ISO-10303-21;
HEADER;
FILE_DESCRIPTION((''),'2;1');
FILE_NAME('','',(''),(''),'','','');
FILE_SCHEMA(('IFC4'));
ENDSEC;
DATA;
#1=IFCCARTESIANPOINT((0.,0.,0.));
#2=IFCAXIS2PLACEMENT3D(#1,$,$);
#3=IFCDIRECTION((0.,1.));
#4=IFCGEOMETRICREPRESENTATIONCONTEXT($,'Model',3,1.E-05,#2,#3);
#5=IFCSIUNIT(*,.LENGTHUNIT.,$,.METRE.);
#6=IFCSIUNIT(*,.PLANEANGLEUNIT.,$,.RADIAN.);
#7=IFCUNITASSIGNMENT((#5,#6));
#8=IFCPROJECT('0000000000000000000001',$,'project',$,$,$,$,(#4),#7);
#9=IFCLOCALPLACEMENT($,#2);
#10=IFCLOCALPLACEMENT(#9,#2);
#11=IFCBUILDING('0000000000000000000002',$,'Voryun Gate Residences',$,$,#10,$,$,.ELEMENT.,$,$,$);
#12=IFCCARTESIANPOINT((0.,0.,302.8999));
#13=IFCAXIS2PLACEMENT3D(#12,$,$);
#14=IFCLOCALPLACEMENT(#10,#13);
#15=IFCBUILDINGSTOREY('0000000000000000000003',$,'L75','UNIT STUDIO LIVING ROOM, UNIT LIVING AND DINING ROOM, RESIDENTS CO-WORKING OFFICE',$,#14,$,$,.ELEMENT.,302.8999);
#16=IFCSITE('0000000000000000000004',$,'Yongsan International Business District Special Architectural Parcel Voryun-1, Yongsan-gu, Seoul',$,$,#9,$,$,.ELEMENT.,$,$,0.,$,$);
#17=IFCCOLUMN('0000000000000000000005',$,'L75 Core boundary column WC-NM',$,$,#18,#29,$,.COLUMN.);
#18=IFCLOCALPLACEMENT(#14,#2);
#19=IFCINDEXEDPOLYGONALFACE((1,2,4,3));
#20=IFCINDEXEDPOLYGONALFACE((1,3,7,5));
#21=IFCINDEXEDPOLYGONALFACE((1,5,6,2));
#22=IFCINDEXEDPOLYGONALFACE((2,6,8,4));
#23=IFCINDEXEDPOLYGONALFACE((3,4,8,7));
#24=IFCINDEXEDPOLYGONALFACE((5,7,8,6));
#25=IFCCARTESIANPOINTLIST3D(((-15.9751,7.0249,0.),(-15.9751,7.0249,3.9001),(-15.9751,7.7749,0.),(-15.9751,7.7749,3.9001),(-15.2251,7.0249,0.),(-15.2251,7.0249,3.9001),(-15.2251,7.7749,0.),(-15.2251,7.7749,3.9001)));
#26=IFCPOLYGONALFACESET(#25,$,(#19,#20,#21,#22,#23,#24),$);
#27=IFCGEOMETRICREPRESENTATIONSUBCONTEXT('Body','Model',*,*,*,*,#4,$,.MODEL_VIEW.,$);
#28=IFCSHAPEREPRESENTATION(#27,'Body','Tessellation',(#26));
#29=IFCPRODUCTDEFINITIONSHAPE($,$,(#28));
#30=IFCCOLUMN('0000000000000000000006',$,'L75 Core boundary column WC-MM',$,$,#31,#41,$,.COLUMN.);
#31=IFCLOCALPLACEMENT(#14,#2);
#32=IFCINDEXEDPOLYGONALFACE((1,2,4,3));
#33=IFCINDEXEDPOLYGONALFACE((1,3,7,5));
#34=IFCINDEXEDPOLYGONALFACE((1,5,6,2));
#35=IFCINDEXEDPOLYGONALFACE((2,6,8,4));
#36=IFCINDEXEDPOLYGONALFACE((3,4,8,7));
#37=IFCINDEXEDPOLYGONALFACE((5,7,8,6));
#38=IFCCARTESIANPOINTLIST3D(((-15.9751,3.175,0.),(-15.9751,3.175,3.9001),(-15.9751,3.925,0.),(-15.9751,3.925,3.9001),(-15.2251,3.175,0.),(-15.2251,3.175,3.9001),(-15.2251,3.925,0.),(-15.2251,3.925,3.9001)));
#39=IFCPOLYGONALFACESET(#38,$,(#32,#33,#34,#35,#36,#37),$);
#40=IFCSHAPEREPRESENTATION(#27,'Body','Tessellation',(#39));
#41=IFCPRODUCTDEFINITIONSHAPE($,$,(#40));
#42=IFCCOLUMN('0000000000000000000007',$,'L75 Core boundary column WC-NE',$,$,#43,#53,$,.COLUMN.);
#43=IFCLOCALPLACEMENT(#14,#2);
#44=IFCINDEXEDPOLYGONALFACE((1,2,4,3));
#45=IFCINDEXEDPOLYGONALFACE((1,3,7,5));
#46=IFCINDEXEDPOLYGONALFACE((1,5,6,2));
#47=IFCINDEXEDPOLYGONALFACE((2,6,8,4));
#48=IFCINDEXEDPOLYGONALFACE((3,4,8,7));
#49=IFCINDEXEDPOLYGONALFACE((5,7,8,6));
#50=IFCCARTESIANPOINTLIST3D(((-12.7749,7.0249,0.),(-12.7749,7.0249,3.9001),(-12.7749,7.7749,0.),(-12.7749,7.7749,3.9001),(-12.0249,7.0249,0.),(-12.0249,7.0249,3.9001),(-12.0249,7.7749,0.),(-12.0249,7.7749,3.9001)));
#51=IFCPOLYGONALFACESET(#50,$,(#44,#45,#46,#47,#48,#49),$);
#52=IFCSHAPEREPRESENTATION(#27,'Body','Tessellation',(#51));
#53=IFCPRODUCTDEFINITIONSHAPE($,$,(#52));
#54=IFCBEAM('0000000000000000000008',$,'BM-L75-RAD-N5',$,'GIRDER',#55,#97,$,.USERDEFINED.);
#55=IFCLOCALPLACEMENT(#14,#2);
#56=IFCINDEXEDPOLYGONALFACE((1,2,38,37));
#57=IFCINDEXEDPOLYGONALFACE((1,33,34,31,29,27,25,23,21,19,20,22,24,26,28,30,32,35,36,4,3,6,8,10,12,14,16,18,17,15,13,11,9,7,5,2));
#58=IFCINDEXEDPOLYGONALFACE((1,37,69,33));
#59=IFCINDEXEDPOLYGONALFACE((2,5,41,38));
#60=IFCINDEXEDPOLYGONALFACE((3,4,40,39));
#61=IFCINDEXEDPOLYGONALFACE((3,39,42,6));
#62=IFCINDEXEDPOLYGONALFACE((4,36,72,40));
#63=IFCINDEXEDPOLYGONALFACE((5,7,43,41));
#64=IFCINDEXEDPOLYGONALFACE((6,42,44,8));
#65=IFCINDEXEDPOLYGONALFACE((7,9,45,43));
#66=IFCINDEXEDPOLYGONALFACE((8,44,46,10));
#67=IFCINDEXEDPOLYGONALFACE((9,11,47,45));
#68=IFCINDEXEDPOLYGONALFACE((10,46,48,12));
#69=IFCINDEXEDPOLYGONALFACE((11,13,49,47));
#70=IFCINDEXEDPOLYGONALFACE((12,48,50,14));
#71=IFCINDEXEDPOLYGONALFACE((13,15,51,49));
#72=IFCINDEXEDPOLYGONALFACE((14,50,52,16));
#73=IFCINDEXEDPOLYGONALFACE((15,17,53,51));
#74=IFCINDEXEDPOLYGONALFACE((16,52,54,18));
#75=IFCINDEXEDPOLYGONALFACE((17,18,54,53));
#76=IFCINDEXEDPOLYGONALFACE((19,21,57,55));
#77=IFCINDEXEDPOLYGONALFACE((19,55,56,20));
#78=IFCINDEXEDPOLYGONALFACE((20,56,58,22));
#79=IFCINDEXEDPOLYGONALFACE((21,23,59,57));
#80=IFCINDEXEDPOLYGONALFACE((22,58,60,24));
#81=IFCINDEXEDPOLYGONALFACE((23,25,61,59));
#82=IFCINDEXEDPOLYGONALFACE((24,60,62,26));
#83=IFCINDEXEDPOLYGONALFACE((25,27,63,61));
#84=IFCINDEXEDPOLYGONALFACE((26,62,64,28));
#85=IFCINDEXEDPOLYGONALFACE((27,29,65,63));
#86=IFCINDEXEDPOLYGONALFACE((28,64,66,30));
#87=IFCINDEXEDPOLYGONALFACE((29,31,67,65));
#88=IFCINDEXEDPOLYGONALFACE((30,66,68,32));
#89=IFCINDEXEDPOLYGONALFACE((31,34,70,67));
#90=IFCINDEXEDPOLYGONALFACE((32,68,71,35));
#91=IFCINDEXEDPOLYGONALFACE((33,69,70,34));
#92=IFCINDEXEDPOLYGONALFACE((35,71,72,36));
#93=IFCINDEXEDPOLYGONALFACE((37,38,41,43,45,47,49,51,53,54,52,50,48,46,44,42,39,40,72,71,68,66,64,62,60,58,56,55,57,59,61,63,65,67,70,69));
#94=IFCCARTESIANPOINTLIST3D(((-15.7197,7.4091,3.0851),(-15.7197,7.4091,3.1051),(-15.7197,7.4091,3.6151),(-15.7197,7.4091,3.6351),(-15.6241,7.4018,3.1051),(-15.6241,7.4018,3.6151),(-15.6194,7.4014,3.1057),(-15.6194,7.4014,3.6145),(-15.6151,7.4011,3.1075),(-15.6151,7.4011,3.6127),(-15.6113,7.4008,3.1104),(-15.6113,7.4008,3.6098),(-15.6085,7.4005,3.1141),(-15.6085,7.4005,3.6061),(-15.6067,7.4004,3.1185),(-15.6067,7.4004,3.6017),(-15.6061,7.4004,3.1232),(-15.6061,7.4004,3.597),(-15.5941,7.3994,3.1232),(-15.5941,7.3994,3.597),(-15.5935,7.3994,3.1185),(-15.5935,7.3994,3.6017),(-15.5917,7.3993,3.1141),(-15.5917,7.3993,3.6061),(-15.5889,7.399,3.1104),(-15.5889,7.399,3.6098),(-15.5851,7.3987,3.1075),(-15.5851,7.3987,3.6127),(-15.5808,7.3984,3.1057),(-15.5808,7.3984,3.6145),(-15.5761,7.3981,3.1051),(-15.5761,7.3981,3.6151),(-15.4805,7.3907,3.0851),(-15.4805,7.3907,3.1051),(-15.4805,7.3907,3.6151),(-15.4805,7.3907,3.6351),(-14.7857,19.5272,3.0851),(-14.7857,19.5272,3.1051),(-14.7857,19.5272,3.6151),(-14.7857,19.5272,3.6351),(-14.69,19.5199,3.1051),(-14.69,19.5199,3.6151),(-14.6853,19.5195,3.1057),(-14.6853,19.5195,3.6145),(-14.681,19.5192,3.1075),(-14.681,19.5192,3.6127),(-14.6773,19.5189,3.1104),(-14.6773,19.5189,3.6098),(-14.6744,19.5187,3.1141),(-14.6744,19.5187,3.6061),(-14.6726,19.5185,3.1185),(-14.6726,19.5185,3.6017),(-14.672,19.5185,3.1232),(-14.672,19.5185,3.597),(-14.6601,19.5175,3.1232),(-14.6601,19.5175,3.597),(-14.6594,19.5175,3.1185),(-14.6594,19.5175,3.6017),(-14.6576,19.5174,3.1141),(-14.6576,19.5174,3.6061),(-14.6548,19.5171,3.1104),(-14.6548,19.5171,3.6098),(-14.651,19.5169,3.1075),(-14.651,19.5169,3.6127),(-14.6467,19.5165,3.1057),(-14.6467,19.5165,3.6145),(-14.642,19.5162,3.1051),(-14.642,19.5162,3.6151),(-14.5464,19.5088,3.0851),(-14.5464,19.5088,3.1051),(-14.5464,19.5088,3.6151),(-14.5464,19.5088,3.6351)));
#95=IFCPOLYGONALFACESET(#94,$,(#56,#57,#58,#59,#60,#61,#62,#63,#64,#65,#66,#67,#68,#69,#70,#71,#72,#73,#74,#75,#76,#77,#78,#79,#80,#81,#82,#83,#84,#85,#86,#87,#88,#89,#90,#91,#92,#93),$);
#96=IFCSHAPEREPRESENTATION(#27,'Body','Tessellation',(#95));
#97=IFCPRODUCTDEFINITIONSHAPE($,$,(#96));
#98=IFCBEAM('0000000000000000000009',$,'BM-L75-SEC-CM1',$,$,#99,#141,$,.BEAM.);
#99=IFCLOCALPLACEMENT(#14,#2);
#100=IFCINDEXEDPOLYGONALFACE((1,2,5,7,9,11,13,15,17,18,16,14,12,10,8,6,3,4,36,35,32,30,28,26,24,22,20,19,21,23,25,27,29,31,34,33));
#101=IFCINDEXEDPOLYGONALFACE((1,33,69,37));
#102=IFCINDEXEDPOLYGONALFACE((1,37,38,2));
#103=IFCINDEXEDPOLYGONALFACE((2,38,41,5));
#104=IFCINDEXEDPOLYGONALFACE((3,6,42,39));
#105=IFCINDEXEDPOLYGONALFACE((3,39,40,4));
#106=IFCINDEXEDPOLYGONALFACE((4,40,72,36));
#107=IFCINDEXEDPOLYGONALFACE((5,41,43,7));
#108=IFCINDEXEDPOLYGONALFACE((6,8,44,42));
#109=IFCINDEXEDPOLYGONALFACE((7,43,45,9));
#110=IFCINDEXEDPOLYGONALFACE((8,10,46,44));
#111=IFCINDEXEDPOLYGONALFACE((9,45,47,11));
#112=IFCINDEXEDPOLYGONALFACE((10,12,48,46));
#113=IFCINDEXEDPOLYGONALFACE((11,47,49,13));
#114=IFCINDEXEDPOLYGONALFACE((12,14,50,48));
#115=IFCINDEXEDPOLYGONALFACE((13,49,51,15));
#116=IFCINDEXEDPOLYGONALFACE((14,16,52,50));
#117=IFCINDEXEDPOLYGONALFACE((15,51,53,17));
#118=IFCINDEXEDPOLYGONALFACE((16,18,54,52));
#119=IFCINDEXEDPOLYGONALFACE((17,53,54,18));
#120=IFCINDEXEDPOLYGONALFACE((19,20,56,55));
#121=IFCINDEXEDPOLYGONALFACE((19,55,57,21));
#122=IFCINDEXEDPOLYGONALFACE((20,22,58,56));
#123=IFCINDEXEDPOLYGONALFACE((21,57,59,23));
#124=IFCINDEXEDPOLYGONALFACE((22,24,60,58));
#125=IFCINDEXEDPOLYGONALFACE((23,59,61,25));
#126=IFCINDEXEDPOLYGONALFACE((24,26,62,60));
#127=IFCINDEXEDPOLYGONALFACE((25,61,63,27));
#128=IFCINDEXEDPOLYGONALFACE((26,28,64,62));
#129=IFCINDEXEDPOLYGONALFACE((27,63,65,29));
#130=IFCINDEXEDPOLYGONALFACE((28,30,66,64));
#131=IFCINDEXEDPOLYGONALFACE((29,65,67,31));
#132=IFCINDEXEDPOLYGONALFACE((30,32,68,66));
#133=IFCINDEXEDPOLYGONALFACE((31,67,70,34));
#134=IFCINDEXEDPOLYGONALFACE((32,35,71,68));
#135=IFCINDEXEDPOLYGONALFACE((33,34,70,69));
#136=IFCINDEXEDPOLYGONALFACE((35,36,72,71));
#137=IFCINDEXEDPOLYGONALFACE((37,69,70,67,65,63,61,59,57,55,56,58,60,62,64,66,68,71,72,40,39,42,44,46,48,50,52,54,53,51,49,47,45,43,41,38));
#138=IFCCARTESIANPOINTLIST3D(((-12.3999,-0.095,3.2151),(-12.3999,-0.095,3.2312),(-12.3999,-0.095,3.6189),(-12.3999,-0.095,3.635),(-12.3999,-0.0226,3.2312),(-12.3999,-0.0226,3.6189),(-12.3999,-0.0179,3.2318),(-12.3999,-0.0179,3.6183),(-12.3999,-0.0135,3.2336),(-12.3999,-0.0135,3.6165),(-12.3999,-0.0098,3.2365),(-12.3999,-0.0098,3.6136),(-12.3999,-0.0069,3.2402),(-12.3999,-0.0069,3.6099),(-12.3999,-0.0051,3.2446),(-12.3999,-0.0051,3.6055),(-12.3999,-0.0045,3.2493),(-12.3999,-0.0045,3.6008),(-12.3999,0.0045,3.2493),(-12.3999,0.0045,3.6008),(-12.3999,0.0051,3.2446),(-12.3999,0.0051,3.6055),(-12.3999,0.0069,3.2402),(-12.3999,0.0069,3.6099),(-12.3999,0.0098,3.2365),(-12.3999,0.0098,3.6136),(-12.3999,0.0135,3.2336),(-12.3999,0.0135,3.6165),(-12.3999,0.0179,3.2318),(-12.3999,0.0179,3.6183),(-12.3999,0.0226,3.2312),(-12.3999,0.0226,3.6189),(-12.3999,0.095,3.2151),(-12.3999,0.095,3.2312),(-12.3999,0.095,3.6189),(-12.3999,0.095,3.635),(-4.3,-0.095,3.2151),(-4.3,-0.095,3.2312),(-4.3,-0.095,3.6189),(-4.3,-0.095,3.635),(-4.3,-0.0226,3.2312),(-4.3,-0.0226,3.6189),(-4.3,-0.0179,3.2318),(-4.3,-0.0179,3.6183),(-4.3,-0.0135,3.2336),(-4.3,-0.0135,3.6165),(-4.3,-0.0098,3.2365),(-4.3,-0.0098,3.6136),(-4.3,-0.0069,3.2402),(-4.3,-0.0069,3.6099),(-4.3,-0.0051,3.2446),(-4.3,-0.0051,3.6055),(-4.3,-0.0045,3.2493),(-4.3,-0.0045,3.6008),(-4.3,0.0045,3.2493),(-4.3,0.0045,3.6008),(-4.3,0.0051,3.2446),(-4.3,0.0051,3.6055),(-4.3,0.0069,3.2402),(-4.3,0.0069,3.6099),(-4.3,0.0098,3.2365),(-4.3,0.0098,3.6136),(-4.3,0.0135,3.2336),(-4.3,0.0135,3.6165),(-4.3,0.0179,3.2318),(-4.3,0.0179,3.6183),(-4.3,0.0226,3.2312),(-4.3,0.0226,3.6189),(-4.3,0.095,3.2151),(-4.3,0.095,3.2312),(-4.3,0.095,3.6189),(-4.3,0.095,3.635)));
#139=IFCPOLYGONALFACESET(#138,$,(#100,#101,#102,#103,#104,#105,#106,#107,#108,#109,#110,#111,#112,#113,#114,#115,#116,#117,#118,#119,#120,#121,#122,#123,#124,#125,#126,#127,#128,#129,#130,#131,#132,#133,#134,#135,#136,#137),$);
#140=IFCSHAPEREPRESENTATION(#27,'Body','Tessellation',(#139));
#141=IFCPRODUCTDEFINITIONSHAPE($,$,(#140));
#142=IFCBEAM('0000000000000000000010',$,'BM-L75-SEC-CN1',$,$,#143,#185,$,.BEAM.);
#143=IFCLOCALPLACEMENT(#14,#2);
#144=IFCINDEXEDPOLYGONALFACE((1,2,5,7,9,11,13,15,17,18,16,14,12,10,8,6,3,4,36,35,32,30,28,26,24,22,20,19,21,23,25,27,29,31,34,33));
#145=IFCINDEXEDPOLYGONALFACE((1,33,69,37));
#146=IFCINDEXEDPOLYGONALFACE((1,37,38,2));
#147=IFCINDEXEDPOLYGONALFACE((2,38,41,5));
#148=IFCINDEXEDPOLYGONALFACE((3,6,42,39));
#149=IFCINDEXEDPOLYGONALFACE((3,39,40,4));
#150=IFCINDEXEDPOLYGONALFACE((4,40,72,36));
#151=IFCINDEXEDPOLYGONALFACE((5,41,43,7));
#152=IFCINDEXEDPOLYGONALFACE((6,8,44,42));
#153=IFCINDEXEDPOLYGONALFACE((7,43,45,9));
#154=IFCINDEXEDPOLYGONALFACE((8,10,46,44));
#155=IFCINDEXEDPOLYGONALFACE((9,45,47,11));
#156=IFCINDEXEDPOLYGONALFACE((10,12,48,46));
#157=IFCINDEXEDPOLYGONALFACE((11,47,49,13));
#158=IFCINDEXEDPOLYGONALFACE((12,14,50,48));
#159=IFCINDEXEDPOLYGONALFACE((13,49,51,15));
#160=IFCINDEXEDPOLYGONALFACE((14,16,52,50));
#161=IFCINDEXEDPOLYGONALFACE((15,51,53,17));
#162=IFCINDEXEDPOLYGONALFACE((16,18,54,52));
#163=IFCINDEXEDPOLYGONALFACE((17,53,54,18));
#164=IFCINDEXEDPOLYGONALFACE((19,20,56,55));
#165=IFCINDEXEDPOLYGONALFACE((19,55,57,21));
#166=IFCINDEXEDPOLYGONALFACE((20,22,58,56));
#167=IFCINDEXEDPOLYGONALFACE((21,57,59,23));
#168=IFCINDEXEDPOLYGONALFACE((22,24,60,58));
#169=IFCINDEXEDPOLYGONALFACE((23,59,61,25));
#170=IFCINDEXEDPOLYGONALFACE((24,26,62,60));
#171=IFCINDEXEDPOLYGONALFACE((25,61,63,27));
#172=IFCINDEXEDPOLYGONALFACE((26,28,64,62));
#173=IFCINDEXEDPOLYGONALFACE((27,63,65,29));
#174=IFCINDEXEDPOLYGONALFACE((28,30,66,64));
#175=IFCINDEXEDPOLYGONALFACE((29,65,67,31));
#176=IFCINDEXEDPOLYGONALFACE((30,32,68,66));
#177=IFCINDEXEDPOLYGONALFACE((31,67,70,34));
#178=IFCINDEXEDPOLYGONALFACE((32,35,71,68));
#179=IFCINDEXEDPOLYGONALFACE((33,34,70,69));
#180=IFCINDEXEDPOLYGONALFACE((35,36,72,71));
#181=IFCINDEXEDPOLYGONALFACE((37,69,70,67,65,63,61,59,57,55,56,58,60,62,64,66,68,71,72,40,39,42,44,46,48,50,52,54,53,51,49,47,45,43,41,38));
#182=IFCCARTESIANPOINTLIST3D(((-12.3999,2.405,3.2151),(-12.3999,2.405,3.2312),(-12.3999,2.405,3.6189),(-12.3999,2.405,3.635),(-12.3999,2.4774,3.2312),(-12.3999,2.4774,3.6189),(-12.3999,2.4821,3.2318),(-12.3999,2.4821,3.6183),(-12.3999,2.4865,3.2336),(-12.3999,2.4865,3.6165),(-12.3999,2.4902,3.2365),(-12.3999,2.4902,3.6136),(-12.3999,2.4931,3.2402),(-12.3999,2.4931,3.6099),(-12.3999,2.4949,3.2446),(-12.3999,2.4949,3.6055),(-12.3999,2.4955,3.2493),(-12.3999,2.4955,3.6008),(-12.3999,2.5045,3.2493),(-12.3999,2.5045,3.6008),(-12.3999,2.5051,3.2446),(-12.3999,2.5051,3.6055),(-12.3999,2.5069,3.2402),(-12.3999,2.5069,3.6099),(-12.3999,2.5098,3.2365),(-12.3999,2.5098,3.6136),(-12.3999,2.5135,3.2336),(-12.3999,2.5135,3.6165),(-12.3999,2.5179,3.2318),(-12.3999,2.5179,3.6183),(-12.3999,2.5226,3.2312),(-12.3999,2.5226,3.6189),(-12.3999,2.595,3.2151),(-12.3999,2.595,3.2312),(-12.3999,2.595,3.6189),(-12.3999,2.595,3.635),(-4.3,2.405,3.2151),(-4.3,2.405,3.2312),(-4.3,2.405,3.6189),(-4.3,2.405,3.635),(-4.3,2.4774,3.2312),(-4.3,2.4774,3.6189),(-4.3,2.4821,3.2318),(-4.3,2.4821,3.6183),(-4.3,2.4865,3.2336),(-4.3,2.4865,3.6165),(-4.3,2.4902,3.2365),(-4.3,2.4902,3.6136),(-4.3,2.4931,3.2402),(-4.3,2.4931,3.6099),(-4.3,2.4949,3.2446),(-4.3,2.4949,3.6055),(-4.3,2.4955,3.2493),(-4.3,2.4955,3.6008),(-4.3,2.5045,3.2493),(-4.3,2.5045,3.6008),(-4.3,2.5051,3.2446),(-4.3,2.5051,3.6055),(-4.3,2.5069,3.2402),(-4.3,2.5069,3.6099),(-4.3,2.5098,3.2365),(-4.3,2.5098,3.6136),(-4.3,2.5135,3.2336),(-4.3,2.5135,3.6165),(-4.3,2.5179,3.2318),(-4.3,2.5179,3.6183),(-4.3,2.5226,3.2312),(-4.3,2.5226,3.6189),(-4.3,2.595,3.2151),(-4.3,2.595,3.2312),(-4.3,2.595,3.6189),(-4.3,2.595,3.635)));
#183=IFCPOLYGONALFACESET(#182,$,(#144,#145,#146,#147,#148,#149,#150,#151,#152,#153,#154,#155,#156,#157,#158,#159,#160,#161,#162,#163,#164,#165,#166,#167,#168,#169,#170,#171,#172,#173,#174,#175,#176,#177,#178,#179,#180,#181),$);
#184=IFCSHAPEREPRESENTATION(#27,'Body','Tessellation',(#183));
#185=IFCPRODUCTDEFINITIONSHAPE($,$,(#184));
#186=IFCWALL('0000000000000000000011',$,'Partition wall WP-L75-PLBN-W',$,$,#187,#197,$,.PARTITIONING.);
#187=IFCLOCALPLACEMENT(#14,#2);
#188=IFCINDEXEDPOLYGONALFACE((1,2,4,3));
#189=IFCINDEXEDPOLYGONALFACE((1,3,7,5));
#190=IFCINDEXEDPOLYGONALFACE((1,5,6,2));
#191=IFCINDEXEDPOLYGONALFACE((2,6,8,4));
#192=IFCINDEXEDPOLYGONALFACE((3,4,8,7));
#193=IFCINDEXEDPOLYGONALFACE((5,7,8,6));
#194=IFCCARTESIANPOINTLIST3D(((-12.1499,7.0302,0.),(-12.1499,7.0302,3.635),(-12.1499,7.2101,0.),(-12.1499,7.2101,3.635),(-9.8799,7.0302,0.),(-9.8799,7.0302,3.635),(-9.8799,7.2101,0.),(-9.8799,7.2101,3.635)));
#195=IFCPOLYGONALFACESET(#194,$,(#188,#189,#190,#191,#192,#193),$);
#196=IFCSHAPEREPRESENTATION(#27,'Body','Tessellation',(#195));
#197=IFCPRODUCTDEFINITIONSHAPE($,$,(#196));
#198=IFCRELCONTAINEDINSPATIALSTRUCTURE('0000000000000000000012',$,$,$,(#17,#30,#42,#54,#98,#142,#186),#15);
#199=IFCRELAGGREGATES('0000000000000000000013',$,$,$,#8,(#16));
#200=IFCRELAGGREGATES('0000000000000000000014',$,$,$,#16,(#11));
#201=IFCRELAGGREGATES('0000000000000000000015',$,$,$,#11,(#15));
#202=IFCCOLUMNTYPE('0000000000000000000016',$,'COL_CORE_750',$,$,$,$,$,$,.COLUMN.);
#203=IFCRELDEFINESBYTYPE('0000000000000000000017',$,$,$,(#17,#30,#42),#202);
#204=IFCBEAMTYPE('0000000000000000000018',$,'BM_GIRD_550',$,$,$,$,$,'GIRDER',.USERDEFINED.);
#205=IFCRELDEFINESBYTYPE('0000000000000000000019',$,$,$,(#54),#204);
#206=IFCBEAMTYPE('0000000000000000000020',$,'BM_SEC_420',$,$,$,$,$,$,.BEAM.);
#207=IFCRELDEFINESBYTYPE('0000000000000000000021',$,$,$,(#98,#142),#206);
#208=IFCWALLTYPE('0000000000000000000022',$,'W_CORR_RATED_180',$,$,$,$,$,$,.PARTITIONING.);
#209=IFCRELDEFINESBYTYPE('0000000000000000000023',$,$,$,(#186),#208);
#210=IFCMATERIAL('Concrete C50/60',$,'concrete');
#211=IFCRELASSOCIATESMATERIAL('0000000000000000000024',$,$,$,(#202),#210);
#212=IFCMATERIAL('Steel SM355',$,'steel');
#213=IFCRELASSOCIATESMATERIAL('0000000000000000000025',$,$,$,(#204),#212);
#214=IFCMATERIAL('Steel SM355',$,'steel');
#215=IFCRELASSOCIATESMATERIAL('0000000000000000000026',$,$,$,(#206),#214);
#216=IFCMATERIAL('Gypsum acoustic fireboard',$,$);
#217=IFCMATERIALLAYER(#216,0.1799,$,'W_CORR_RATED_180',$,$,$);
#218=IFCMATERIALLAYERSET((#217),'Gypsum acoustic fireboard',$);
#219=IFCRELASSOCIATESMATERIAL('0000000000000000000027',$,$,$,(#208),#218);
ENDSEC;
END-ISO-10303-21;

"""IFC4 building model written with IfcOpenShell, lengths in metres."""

from ifc_helpers import new_model, si_unit, direction, frame, frame_2d, origin, origin_2d, place, context, subcontext, project, spatial, rectangle, i_section, extrude, material, layer, layer_set, material_profile, profile_set, type_object, element, save


model = new_model("IFC4")

# Units and contexts
model_context = context("Model", 3, precision=1e-05, world=origin(), true_north=direction((0.0, 1.0)))
body_context = subcontext(model_context, "Body", "Model", "MODEL_VIEW")
ifc_project = project(units=[si_unit("LENGTHUNIT", "METRE"), si_unit("PLANEANGLEUNIT", "RADIAN")], contexts=[model_context])

# Site, building, storey
site_placement = place(None, origin())
site = spatial("IfcSite", under=ifc_project, at=site_placement, Name="Yongsan International Business District Special Architectural Parcel Voryun-1, Yongsan-gu, Seoul", CompositionType="ELEMENT", RefElevation=0.0)
building_placement = place(site_placement, origin())
building = spatial("IfcBuilding", under=site, at=building_placement, Name="Voryun Gate Residences", CompositionType="ELEMENT")
storey_placement = place(building_placement, frame((0.0, 0.0, 302.8999)))
storey = spatial("IfcBuildingStorey", under=building, at=storey_placement, Name="L75", Description="UNIT STUDIO LIVING ROOM, UNIT LIVING AND DINING ROOM, RESIDENTS CO-WORKING OFFICE", CompositionType="ELEMENT", Elevation=302.8999)

# Columns
ifc_material_1 = material(Name="Concrete C50/60", Category="concrete")
ifc_material_profile_1 = material_profile(ifc_material_1, rectangle(XDim=0.75, YDim=0.75, at=origin_2d()), Name="RC-750x750")
ifc_profile_set_1 = profile_set([ifc_material_profile_1], Name="Concrete C50/60")
column_type = type_object("IfcColumnType", Name="COL_CORE_750", PredefinedType="COLUMN", material=ifc_profile_set_1)
for number, where, z_axis, x_axis, name in (
    (1, (-15.6001, 7.3999, 0.0), (0.0, 0.0, 1.0), (1.0, 0.0, 0.0), "L75 Core boundary column WC-NM"),
    (2, (-15.6001, 3.55, 0.0), (0.0, 0.0, 1.0), (1.0, 0.0, 0.0), "L75 Core boundary column WC-MM"),
    (3, (-12.3999, 7.3999, 0.0), (0.0, 0.0, 1.0), (1.0, 0.0, 0.0), "L75 Core boundary column WC-NE"),
):
    element("IfcColumn", number, at=place(storey_placement, frame(where, z_axis=z_axis, x_axis=x_axis)), inside=storey, type_object=column_type, Name=name, PredefinedType="COLUMN", context=body_context, shape_type="SweptSolid", body=[
        extrude(rectangle(XDim=0.75, YDim=0.75, at=origin_2d()), origin(), (0.0, 0.0, 1.0), 3.9001),
    ])

# Beams
ifc_material_2 = material(Name="Steel SM355", Category="steel")
ifc_material_profile_2 = material_profile(ifc_material_2, i_section(OverallWidth=0.24, OverallDepth=0.55, WebThickness=0.012, FlangeThickness=0.02, FilletRadius=0.0181, at=origin_2d()), Name="H-550x240x12x20")
ifc_profile_set_2 = profile_set([ifc_material_profile_2], Name="Steel SM355")
beam_type_1 = type_object("IfcBeamType", Name="BM_GIRD_550", ElementType="GIRDER", PredefinedType="USERDEFINED", material=ifc_profile_set_2)
beam_placement = place(storey_placement, frame((-15.6001, 7.3999, 3.3601), z_axis=(0.076853, 0.997042, 0.0), x_axis=(-0.997042, 0.076853, 0.0)))
element("IfcBeam", 4, at=beam_placement, inside=storey, type_object=beam_type_1, Name="BM-L75-RAD-N5", ObjectType="GIRDER", PredefinedType="USERDEFINED", context=body_context, shape_type="SweptSolid", body=[
    extrude(i_section(OverallWidth=0.24, OverallDepth=0.55, WebThickness=0.012, FlangeThickness=0.02, FilletRadius=0.0181, at=origin_2d()), origin(), (0.0, 0.0, 1.0), 12.1541),
])
ifc_material_3 = material(Name="Steel SM355", Category="steel")
ifc_material_profile_3 = material_profile(ifc_material_3, i_section(OverallWidth=0.1899, OverallDepth=0.4199, WebThickness=0.009, FlangeThickness=0.0161, FilletRadius=0.0181, at=origin_2d()), Name="H-420x190x9x16")
ifc_profile_set_3 = profile_set([ifc_material_profile_3], Name="Steel SM355")
beam_type_2 = type_object("IfcBeamType", Name="BM_SEC_420", PredefinedType="BEAM", material=ifc_profile_set_3)
for number, where, z_axis, x_axis, name in (
    (5, (-12.3999, 0.0, 3.425), (1.0, 0.0, 0.0), (0.0, 1.0, 0.0), "BM-L75-SEC-CM1"),
    (6, (-12.3999, 2.5, 3.425), (1.0, 0.0, 0.0), (0.0, 1.0, 0.0), "BM-L75-SEC-CN1"),
):
    element("IfcBeam", number, at=place(storey_placement, frame(where, z_axis=z_axis, x_axis=x_axis)), inside=storey, type_object=beam_type_2, Name=name, PredefinedType="BEAM", context=body_context, shape_type="SweptSolid", body=[
        extrude(i_section(OverallWidth=0.1899, OverallDepth=0.4199, WebThickness=0.009, FlangeThickness=0.0161, FilletRadius=0.0181, at=origin_2d()), origin(), (0.0, 0.0, 1.0), 8.0999),
    ])

# Wall
ifc_material_4 = material(Name="Gypsum acoustic fireboard")
ifc_layer_1 = layer(ifc_material_4, 0.1799, Name="W_CORR_RATED_180")
ifc_layer_set_1 = layer_set([ifc_layer_1], Name="Gypsum acoustic fireboard")
wall_type_1 = type_object("IfcWallType", Name="W_CORR_RATED_180", PredefinedType="PARTITIONING", material=ifc_layer_set_1)
wall_1_placement = place(storey_placement, frame((-12.1499, 7.1201, 0.0), z_axis=(0.0, 0.0, 1.0), x_axis=(1.0, 0.0, 0.0)))
element("IfcWall", 7, at=wall_1_placement, inside=storey, type_object=wall_type_1, Name="Partition wall WP-L75-PLBN-W", PredefinedType="PARTITIONING", context=body_context, shape_type="SweptSolid", body=[
    extrude(rectangle(XDim=2.27, YDim=0.1799, at=frame_2d((1.135, 0.0))), origin(), (0.0, 0.0, 1.0), 3.635),
])

save(model, "model.ifc")
